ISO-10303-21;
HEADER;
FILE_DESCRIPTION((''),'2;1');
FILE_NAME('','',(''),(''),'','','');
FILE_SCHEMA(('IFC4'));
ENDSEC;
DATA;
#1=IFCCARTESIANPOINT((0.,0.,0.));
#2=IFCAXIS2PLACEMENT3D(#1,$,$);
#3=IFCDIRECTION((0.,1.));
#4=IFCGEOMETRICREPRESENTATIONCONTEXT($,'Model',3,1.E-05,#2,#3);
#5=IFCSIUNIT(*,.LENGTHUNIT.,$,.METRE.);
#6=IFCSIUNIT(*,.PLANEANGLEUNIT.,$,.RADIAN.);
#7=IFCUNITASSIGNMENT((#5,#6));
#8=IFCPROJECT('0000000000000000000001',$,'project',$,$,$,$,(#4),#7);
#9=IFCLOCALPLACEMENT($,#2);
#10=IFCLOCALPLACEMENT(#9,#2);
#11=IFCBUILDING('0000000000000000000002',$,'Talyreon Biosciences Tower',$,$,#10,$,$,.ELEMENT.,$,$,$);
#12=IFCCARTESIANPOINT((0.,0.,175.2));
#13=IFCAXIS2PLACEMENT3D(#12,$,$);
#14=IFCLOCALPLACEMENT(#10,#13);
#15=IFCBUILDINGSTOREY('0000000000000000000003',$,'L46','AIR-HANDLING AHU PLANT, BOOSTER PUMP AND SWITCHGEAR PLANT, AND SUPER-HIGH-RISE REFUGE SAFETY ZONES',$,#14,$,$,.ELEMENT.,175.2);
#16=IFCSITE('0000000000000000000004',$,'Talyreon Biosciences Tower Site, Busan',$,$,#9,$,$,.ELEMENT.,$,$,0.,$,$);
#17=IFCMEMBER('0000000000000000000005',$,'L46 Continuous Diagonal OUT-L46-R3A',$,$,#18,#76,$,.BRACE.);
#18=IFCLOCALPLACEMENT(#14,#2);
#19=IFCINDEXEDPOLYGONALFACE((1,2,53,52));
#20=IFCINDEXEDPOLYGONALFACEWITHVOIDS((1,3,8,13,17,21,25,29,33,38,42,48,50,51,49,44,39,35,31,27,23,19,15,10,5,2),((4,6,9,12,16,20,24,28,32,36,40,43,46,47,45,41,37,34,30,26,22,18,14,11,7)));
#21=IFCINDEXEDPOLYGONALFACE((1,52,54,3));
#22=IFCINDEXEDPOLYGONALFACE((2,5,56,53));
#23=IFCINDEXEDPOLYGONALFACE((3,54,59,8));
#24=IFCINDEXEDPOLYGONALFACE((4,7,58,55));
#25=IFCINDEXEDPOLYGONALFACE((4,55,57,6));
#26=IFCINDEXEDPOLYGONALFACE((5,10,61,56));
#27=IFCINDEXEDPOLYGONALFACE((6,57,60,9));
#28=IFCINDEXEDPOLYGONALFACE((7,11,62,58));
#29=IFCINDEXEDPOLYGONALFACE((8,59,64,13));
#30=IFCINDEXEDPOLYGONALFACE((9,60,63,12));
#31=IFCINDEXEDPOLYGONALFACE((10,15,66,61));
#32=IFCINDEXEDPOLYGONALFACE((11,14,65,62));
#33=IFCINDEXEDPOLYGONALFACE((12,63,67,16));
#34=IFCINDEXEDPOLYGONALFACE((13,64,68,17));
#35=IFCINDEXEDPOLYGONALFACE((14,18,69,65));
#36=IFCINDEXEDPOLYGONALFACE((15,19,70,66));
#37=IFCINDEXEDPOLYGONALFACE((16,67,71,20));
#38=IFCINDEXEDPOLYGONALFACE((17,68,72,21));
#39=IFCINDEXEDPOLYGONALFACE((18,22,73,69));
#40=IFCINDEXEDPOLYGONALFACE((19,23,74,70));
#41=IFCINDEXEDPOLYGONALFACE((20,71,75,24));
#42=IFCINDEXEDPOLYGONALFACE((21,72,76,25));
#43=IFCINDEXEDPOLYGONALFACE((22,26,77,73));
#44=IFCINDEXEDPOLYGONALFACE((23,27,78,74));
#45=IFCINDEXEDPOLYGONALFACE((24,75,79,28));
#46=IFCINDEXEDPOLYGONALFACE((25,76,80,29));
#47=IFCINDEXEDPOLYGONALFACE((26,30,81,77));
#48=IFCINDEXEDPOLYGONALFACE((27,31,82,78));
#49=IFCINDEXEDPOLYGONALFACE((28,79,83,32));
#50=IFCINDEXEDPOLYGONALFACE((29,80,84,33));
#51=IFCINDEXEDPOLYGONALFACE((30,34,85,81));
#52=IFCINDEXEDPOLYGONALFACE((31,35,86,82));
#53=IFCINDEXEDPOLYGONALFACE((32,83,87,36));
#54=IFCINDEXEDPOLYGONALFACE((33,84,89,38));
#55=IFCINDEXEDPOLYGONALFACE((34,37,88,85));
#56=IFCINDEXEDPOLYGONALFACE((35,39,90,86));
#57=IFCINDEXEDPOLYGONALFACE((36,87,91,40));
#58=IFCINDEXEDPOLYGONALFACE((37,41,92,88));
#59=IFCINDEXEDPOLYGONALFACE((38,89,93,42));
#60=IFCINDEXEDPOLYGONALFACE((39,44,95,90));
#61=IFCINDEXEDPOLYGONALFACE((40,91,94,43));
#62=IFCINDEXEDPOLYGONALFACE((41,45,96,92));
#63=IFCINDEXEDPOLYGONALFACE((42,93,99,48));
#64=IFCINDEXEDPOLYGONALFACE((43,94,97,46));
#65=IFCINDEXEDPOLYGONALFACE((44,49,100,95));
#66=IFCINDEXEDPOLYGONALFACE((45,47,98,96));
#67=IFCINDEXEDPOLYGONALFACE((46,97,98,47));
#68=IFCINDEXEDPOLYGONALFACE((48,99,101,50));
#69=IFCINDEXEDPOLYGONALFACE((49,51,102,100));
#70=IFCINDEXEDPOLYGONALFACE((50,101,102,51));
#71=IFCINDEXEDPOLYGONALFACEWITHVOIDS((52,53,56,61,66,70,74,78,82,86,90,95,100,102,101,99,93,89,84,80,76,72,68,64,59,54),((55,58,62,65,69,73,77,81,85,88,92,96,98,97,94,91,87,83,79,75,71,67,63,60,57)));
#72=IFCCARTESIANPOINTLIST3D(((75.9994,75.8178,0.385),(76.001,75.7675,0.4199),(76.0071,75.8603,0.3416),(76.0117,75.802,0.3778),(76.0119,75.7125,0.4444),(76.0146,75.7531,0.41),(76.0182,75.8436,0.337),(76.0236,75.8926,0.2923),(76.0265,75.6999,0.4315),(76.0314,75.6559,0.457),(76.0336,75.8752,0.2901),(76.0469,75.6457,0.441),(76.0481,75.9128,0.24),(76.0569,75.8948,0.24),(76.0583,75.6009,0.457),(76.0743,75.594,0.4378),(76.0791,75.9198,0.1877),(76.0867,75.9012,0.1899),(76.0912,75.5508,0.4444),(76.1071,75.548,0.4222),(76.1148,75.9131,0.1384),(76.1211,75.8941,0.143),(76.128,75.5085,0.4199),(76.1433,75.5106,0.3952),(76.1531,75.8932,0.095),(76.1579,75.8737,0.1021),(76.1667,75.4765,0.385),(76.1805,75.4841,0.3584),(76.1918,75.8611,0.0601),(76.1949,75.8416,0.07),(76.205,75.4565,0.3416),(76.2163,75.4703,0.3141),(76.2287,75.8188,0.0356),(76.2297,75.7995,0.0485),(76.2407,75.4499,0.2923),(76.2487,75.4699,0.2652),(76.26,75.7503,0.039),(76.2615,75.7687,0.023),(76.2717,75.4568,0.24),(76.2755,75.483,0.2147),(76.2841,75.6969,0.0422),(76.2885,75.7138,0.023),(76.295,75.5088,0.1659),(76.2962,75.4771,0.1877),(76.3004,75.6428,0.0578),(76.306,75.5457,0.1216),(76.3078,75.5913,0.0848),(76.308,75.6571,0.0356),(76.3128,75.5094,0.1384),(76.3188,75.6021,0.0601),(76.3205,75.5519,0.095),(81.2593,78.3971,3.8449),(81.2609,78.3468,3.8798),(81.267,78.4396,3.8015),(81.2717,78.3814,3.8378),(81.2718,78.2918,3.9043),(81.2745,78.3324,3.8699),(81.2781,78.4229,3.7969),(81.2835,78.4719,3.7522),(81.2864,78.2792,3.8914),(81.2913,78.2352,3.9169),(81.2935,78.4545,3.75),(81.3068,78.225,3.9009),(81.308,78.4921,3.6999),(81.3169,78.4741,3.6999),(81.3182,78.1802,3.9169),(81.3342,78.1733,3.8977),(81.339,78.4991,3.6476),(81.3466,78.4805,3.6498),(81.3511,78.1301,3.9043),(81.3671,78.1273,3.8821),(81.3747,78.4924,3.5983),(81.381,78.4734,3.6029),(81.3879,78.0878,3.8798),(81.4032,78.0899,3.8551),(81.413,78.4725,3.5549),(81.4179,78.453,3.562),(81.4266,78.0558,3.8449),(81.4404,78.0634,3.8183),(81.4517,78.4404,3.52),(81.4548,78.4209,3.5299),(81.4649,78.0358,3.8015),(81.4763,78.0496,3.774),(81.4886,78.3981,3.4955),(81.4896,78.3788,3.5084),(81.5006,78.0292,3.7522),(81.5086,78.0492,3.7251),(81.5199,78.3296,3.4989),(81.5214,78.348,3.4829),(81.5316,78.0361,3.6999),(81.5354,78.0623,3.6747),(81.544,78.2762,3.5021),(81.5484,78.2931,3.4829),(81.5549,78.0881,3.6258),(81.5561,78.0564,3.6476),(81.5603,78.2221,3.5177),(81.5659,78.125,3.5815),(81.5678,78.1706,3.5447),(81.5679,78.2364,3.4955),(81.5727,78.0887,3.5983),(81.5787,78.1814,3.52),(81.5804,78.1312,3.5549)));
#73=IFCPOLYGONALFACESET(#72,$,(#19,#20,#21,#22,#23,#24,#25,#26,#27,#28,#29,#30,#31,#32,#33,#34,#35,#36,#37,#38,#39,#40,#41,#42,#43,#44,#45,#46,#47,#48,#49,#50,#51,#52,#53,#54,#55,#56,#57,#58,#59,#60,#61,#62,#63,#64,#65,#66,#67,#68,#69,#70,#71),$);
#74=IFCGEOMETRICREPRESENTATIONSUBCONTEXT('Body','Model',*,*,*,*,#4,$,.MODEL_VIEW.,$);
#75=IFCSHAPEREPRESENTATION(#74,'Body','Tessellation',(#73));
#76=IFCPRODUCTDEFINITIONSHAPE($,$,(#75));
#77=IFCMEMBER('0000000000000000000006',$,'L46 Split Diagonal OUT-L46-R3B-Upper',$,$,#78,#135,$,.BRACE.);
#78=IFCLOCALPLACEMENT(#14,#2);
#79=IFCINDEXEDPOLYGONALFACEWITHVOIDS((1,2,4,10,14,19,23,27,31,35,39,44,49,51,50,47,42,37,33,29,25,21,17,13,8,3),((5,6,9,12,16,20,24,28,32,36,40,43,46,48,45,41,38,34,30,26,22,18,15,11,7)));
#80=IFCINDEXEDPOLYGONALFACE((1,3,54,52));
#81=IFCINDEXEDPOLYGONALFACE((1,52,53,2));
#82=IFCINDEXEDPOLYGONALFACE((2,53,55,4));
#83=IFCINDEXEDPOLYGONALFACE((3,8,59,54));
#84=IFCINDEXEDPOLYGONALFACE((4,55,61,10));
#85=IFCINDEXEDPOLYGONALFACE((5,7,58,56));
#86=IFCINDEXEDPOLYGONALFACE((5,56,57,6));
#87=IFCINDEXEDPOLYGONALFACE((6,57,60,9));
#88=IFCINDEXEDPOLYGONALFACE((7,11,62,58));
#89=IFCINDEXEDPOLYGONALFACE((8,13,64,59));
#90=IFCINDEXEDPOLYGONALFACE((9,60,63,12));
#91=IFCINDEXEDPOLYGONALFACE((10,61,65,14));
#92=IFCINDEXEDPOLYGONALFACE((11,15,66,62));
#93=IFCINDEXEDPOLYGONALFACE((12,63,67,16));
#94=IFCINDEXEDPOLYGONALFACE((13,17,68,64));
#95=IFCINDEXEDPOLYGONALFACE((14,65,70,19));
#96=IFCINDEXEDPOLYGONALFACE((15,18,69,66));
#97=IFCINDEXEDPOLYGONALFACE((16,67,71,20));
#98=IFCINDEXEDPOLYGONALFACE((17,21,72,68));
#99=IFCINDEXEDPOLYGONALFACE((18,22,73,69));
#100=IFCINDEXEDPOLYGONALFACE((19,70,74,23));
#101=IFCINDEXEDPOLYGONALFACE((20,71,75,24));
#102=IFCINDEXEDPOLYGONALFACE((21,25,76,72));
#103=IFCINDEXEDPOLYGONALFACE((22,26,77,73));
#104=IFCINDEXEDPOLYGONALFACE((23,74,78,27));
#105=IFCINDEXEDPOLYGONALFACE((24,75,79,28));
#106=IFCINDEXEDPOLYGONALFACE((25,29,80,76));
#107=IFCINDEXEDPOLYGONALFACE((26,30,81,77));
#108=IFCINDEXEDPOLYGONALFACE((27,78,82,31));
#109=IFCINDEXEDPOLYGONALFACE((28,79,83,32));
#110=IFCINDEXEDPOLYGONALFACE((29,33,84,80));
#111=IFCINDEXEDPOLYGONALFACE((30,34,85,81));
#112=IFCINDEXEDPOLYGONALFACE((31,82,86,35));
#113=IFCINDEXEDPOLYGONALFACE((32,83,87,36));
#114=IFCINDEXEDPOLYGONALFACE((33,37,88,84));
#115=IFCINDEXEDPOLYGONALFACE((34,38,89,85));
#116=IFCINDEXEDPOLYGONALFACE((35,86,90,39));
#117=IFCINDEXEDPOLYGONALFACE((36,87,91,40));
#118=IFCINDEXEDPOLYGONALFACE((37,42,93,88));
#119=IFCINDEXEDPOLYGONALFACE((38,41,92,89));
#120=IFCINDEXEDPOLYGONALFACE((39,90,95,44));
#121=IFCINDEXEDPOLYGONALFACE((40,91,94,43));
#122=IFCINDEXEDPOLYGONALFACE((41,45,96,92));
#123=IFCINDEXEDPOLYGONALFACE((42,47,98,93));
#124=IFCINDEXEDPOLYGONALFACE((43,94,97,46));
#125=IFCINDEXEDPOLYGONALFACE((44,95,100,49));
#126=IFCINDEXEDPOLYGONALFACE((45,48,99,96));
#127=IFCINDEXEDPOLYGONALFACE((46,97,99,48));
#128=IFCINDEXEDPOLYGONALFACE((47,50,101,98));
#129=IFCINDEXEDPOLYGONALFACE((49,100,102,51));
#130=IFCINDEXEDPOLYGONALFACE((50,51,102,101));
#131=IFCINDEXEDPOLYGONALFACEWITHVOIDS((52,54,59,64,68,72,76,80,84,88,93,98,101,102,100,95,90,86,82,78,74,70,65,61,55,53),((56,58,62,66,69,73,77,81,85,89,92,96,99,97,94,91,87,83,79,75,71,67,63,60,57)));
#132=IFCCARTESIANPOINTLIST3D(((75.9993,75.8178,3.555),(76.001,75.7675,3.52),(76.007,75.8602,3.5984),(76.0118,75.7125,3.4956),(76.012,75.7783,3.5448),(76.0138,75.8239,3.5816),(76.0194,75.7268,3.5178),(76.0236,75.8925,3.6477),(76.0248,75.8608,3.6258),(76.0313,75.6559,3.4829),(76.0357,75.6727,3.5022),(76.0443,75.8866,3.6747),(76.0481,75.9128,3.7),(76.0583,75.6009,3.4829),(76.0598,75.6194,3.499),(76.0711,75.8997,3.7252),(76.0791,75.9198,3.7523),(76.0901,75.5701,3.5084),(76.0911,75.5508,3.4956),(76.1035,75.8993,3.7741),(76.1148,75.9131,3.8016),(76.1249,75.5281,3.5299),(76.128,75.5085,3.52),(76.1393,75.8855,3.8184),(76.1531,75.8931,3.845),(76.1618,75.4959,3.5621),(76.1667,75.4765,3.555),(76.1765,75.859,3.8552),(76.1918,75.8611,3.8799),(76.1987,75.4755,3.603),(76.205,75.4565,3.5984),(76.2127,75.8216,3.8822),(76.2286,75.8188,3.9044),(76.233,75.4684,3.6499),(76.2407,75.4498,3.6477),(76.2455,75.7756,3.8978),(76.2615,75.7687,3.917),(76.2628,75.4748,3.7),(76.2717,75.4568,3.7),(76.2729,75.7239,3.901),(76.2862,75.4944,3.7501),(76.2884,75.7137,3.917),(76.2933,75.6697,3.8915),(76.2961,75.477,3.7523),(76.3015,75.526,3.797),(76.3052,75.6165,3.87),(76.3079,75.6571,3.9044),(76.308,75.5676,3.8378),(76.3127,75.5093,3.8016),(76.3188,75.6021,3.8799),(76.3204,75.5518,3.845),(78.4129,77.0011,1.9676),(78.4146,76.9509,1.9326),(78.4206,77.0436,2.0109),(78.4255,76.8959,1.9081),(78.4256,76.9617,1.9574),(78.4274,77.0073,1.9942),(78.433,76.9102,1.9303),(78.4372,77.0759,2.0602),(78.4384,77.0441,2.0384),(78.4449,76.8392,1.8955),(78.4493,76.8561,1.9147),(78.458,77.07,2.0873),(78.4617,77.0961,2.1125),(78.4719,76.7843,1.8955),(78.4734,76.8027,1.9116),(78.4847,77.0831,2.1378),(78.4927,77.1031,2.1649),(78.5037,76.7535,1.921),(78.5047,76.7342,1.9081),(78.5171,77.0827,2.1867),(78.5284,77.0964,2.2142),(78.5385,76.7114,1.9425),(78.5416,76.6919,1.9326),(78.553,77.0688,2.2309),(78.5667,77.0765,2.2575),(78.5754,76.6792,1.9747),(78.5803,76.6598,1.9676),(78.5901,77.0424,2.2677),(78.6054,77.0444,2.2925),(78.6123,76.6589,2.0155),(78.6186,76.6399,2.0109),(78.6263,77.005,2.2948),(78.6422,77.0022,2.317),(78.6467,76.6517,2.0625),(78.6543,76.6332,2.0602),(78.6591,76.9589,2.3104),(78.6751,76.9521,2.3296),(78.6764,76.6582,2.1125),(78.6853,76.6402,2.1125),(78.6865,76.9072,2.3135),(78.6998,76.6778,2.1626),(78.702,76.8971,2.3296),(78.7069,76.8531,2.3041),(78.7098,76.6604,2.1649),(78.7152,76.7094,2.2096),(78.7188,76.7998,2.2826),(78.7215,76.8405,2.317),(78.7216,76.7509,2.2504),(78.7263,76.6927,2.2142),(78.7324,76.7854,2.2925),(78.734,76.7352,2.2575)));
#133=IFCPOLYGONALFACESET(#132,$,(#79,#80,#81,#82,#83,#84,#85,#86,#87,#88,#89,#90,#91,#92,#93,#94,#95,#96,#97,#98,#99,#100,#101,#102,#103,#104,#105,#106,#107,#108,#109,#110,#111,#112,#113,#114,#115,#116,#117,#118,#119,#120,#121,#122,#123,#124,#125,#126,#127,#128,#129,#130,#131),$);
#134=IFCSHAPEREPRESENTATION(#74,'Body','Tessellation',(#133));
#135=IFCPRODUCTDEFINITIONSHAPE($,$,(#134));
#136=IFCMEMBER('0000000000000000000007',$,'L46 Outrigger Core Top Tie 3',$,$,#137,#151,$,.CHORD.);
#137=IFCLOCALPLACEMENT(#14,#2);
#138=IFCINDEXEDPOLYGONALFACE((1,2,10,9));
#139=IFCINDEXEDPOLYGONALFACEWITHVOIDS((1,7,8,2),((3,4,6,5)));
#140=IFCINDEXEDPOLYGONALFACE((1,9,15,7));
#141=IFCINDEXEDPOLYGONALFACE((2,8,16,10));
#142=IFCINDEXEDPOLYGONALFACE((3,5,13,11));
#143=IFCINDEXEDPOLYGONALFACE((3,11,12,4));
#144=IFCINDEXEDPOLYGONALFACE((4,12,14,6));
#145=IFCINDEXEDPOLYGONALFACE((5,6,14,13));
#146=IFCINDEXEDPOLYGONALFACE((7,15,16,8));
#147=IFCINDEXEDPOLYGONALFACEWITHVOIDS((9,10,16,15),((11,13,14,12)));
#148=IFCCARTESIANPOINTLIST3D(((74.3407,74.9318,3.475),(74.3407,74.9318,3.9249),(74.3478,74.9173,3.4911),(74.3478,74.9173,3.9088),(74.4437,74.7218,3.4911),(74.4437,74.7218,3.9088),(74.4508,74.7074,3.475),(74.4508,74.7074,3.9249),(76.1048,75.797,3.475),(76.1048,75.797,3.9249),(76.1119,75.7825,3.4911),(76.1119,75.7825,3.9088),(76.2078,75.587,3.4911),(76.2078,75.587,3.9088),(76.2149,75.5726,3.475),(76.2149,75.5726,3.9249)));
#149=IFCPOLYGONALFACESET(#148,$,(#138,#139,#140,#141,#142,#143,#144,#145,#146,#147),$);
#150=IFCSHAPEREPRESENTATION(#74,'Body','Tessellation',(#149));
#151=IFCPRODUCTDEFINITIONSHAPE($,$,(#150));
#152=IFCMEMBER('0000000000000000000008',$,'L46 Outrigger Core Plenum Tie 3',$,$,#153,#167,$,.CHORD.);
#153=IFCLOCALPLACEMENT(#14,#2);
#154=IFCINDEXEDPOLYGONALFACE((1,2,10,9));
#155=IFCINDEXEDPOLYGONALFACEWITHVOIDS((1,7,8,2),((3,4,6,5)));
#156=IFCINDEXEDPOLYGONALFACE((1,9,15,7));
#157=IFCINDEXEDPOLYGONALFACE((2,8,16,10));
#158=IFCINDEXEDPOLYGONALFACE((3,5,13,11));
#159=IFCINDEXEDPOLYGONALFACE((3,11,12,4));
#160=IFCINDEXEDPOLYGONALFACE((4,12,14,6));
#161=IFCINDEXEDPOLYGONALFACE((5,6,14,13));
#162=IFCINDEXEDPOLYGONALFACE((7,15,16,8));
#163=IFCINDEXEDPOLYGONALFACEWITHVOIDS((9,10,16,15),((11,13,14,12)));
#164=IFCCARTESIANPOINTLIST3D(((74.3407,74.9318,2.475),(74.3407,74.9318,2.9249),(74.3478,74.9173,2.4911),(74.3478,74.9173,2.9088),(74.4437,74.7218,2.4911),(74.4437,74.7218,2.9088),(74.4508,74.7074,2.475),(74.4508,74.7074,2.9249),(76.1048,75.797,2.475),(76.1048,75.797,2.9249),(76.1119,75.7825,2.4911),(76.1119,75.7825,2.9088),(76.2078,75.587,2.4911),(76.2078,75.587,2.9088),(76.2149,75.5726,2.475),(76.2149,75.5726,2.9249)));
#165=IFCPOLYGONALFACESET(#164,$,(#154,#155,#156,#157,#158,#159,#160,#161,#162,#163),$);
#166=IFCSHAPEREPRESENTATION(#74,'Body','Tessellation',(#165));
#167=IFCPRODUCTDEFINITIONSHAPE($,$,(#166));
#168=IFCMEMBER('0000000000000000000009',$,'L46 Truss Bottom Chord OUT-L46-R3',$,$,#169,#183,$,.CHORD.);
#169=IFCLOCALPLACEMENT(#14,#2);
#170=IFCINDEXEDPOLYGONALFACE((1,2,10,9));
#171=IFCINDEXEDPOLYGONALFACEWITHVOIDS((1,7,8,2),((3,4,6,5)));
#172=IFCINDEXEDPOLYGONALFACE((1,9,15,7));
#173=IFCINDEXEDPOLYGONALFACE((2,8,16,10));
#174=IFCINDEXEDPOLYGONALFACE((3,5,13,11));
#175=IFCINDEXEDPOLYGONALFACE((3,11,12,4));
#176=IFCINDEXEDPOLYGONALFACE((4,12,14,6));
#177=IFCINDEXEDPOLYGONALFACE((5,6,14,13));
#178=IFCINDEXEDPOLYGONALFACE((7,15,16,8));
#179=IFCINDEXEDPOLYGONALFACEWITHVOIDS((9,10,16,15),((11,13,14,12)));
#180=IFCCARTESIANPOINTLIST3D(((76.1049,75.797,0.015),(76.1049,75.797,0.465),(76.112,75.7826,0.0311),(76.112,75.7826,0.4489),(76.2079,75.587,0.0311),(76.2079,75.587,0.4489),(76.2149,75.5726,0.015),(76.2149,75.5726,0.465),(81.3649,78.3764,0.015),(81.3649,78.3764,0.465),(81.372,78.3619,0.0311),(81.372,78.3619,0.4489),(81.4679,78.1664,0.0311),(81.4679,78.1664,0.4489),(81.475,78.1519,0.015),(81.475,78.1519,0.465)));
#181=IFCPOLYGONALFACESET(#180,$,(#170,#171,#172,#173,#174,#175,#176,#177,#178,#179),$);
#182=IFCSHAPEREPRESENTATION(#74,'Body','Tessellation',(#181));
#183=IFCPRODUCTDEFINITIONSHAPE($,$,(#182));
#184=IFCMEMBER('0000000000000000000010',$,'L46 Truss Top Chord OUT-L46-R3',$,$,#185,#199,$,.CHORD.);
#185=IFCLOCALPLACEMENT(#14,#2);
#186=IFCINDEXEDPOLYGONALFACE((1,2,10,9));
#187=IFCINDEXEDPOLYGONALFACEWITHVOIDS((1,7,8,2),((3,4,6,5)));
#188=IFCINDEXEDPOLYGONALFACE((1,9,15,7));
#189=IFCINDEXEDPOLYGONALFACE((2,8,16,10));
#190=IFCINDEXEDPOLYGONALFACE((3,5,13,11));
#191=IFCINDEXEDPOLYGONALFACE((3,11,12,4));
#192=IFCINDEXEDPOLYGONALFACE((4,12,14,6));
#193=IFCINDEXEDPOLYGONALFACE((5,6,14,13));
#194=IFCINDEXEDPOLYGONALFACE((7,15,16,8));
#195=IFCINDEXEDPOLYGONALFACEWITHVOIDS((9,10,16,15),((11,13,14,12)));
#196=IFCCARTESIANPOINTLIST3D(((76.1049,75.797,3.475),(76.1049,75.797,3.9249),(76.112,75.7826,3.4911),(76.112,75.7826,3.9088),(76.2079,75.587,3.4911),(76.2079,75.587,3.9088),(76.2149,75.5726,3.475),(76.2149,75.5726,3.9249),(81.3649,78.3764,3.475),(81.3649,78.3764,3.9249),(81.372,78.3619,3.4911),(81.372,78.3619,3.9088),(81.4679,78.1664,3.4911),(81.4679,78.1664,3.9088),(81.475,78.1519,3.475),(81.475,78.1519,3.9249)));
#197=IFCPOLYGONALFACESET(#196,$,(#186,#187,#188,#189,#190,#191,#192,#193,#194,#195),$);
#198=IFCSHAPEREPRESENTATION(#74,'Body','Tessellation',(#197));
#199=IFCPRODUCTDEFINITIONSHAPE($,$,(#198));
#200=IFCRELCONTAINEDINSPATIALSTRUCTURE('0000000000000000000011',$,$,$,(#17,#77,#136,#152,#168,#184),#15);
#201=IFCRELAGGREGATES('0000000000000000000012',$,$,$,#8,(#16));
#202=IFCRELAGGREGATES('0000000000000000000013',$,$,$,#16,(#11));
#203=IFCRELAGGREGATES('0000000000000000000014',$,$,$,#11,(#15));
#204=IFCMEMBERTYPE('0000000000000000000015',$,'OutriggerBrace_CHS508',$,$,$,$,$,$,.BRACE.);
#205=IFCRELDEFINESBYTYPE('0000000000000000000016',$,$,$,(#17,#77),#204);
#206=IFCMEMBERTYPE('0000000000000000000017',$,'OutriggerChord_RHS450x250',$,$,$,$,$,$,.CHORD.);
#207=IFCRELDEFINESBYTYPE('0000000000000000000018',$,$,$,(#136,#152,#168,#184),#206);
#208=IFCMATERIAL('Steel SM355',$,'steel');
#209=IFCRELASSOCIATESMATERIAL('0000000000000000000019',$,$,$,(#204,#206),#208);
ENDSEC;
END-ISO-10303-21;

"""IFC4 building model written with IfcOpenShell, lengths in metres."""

from ifc_helpers import new_model, si_unit, direction, frame, origin, origin_2d, place, context, subcontext, project, spatial, hollow_rectangle, hollow_circle, extrude, material, material_profile, profile_set, type_object, element, save


model = new_model("IFC4")

# Units and contexts
model_context = context("Model", 3, precision=1e-05, world=origin(), true_north=direction((0.0, 1.0)))
body_context = subcontext(model_context, "Body", "Model", "MODEL_VIEW")
ifc_project = project(units=[si_unit("LENGTHUNIT", "METRE"), si_unit("PLANEANGLEUNIT", "RADIAN")], contexts=[model_context])

# Site, building, storey
site_placement = place(None, origin())
site = spatial("IfcSite", under=ifc_project, at=site_placement, Name="Talyreon Biosciences Tower Site, Busan", CompositionType="ELEMENT", RefElevation=0.0)
building_placement = place(site_placement, origin())
building = spatial("IfcBuilding", under=site, at=building_placement, Name="Talyreon Biosciences Tower", CompositionType="ELEMENT")
storey_placement = place(building_placement, frame((0.0, 0.0, 175.2)))
storey = spatial("IfcBuildingStorey", under=building, at=storey_placement, Name="L46", Description="AIR-HANDLING AHU PLANT, BOOSTER PUMP AND SWITCHGEAR PLANT, AND SUPER-HIGH-RISE REFUGE SAFETY ZONES", CompositionType="ELEMENT", Elevation=175.2)

# Shared definitions
ifc_material_1 = material(Name="Steel SM355", Category="steel")

# Members
ifc_material_profile_1 = material_profile(ifc_material_1, hollow_circle(Radius=0.2539, WallThickness=0.02, at=origin_2d()), Name="CHS 508x20")
ifc_profile_set_1 = profile_set([ifc_material_profile_1], Name="Steel SM355")
member_type_1 = type_object("IfcMemberType", Name="OutriggerBrace_CHS508", PredefinedType="BRACE", material=ifc_profile_set_1)
member_1_placement = place(storey_placement, frame((76.1599, 75.6848, 0.24), z_axis=(0.773096, 0.379102, 0.508532), x_axis=(-0.440282, 0.897859, 0.0)))
element("IfcMember", 1, at=member_1_placement, inside=storey, type_object=member_type_1, Name="L46 Continuous Diagonal OUT-L46-R3A", PredefinedType="BRACE", context=body_context, shape_type="SweptSolid", body=[
    extrude(hollow_circle(Radius=0.2539, WallThickness=0.02, at=origin_2d()), origin(), (0.0, 0.0, 1.0), 6.8037),
])
member_2_placement = place(storey_placement, frame((78.5735, 76.8682, 2.1125), z_axis=(-0.773141, -0.379063, 0.508493), x_axis=(0.440225, -0.897888, 0.0)))
element("IfcMember", 2, at=member_2_placement, inside=storey, type_object=member_type_1, Name="L46 Split Diagonal OUT-L46-R3B-Upper", PredefinedType="BRACE", context=body_context, shape_type="SweptSolid", body=[
    extrude(hollow_circle(Radius=0.2539, WallThickness=0.02, at=origin_2d()), origin(), (0.0, 0.0, 1.0), 3.1218),
])
ifc_material_profile_2 = material_profile(ifc_material_1, hollow_rectangle(XDim=0.25, YDim=0.45, WallThickness=0.0161, at=origin_2d()), Name="RHS 450x250x16")
ifc_profile_set_2 = profile_set([ifc_material_profile_2], Name="Steel SM355")
member_type_2 = type_object("IfcMemberType", Name="OutriggerChord_RHS450x250", PredefinedType="CHORD", material=ifc_profile_set_2)
for number, where, z_axis, x_axis, name in (
    (3, (74.3958, 74.8196, 3.7), (0.89783, 0.440342, 0.0), (-0.440342, 0.89783, 0.0), "L46 Outrigger Core Top Tie 3"),
    (4, (74.3958, 74.8196, 2.7), (0.89783, 0.440342, 0.0), (-0.440342, 0.89783, 0.0), "L46 Outrigger Core Plenum Tie 3"),
):
    element("IfcMember", number, at=place(storey_placement, frame(where, z_axis=z_axis, x_axis=x_axis)), inside=storey, type_object=member_type_2, Name=name, PredefinedType="CHORD", context=body_context, shape_type="SweptSolid", body=[
        extrude(hollow_rectangle(XDim=0.25, YDim=0.45, WallThickness=0.0161, at=origin_2d()), origin(), (0.0, 0.0, 1.0), 1.9648),
    ])
for number, where, z_axis, x_axis, name in (
    (5, (76.1599, 75.6848, 0.24), (0.897859, 0.440282, 0.0), (-0.440282, 0.897859, 0.0), "L46 Truss Bottom Chord OUT-L46-R3"),
    (6, (76.1599, 75.6848, 3.7), (0.897859, 0.440282, 0.0), (-0.440282, 0.897859, 0.0), "L46 Truss Top Chord OUT-L46-R3"),
):
    element("IfcMember", number, at=place(storey_placement, frame(where, z_axis=z_axis, x_axis=x_axis)), inside=storey, type_object=member_type_2, Name=name, PredefinedType="CHORD", context=body_context, shape_type="SweptSolid", body=[
        extrude(hollow_rectangle(XDim=0.25, YDim=0.45, WallThickness=0.0161, at=origin_2d()), origin(), (0.0, 0.0, 1.0), 5.8584),
    ])

save(model, "model.ifc")
